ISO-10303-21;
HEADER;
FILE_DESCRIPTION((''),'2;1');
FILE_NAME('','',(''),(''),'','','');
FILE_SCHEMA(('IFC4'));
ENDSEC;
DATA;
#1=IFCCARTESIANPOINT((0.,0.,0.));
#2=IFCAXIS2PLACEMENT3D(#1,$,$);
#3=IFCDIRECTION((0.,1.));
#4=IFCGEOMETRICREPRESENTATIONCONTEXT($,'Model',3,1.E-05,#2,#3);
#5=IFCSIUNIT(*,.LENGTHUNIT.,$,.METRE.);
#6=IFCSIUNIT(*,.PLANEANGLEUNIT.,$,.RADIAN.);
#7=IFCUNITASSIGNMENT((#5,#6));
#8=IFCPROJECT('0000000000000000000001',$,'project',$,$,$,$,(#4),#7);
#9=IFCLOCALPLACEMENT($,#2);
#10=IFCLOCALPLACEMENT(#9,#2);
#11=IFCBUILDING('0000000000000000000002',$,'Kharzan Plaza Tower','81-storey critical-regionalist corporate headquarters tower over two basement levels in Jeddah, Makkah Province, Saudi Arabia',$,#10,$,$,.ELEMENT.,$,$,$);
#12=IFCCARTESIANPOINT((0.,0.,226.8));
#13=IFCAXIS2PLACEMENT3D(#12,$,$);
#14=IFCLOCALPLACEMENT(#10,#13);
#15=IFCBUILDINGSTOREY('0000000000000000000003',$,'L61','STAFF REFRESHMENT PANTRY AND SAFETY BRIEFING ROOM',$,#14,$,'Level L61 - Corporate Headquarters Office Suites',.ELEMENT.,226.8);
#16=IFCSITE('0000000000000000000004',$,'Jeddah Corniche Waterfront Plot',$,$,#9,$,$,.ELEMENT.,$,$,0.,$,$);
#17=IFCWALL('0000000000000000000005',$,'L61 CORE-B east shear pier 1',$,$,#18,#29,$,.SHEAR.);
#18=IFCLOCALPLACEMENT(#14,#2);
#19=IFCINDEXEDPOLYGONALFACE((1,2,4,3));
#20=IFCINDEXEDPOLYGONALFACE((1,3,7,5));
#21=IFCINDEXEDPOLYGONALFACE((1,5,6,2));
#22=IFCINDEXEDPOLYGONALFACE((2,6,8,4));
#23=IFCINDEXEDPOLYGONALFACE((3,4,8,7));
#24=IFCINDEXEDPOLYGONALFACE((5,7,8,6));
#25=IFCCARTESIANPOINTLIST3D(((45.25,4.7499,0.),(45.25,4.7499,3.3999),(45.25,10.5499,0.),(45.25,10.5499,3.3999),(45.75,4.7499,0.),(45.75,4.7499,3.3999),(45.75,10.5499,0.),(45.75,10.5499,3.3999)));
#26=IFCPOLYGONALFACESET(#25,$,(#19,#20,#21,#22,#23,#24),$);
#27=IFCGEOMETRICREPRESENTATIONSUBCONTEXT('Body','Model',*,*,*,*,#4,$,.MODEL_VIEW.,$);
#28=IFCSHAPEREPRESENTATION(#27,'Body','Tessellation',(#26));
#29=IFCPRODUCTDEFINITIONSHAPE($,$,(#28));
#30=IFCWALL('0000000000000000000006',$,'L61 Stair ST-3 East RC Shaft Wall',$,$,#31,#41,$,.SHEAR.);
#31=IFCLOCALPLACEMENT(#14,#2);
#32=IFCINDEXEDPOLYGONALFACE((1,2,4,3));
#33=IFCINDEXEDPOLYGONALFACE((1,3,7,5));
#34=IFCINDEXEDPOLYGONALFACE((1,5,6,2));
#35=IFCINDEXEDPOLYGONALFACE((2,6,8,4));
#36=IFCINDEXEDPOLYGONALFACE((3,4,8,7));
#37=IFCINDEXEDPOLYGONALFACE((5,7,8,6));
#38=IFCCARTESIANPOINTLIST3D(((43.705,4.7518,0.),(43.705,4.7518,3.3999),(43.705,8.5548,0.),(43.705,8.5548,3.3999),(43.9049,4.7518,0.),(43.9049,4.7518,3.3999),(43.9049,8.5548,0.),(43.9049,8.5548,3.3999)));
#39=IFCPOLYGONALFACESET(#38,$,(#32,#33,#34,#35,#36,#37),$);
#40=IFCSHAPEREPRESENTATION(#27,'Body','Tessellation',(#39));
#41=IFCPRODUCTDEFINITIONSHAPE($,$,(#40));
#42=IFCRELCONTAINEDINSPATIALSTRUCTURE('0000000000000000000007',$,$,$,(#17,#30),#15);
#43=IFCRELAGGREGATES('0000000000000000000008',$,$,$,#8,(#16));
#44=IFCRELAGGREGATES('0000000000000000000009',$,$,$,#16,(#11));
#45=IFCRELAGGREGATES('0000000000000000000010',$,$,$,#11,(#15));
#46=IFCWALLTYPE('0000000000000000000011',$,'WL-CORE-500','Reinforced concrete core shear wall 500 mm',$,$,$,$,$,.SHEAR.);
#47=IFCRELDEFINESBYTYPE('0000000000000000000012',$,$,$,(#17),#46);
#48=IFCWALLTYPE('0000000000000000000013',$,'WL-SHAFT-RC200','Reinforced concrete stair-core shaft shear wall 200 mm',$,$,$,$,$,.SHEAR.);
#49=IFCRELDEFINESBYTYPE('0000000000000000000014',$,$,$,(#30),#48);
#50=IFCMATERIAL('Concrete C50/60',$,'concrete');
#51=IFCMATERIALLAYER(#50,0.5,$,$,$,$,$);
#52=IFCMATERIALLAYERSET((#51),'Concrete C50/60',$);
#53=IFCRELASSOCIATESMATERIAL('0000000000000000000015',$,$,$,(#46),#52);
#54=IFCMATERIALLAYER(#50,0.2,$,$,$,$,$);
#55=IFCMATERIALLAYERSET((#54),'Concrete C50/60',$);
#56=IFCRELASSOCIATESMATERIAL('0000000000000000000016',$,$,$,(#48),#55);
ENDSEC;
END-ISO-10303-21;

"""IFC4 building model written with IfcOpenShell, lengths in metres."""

from ifc_helpers import new_model, si_unit, direction, frame, frame_2d, origin, place, context, subcontext, project, spatial, rectangle, extrude, source, transform, mapped, material, layer, layer_set, type_object, element, save


model = new_model("IFC4")

# Units and contexts
model_context = context("Model", 3, precision=1e-05, world=origin(), true_north=direction((0.0, 1.0)))
body_context = subcontext(model_context, "Body", "Model", "MODEL_VIEW")
ifc_project = project(units=[si_unit("LENGTHUNIT", "METRE"), si_unit("PLANEANGLEUNIT", "RADIAN")], contexts=[model_context])

# Site, building, storey
site_placement = place(None, origin())
site = spatial("IfcSite", under=ifc_project, at=site_placement, Name="Jeddah Corniche Waterfront Plot", CompositionType="ELEMENT", RefElevation=0.0)
building_placement = place(site_placement, origin())
building = spatial("IfcBuilding", under=site, at=building_placement, Name="Kharzan Plaza Tower", Description="81-storey critical-regionalist corporate headquarters tower over two basement levels in Jeddah, Makkah Province, Saudi Arabia", CompositionType="ELEMENT")
storey_placement = place(building_placement, frame((0.0, 0.0, 226.8)))
storey = spatial("IfcBuildingStorey", under=building, at=storey_placement, Name="L61", Description="STAFF REFRESHMENT PANTRY AND SAFETY BRIEFING ROOM", LongName="Level L61 - Corporate Headquarters Office Suites", CompositionType="ELEMENT", Elevation=226.8)

# Shared definitions
ifc_material_1 = material(Name="Concrete C50/60", Category="concrete")

# Walls
ifc_layer_1 = layer(ifc_material_1, 0.5)
ifc_layer_set_1 = layer_set([ifc_layer_1], Name="Concrete C50/60")
wall_type_1 = type_object("IfcWallType", Name="WL-CORE-500", Description="Reinforced concrete core shear wall 500 mm", PredefinedType="SHEAR", material=ifc_layer_set_1)
shared_shape_1 = source(origin(), body_context, "Body", "SweptSolid", [
    extrude(rectangle(XDim=5.8, YDim=0.5, at=frame_2d((2.8999, 0.0))), origin(), (0.0, 0.0, 1.0), 3.3999),
])
wall_1_placement = place(storey_placement, frame((45.5, 4.75, 0.0), z_axis=(0.0, 0.0, 1.0), x_axis=(0.0, 1.0, 0.0)))
element("IfcWall", 1, at=wall_1_placement, inside=storey, type_object=wall_type_1, Name="L61 CORE-B east shear pier 1", PredefinedType="SHEAR", context=body_context, shape_type="MappedRepresentation", body=[
    mapped(shared_shape_1, transform((0.0, 0.0, 0.0), x_axis=(1.0, 0.0, 0.0), y_axis=(0.0, 1.0, 0.0), z_axis=(0.0, 0.0, 1.0))),
])
ifc_layer_2 = layer(ifc_material_1, 0.2)
ifc_layer_set_2 = layer_set([ifc_layer_2], Name="Concrete C50/60")
wall_type_2 = type_object("IfcWallType", Name="WL-SHAFT-RC200", Description="Reinforced concrete stair-core shaft shear wall 200 mm", PredefinedType="SHEAR", material=ifc_layer_set_2)
shared_shape_2 = source(origin(), body_context, "Body", "SweptSolid", [
    extrude(rectangle(XDim=3.803, YDim=0.2, at=frame_2d((1.9014, 0.0))), origin(), (0.0, 0.0, 1.0), 3.3999),
])
wall_2_placement = place(storey_placement, frame((43.8049, 4.752, 0.0), z_axis=(0.0, 0.0, 1.0), x_axis=(0.0, 1.0, 0.0)))
element("IfcWall", 2, at=wall_2_placement, inside=storey, type_object=wall_type_2, Name="L61 Stair ST-3 East RC Shaft Wall", PredefinedType="SHEAR", context=body_context, shape_type="MappedRepresentation", body=[
    mapped(shared_shape_2, transform((0.0, 0.0, 0.0), x_axis=(1.0, 0.0, 0.0), y_axis=(0.0, 1.0, 0.0), z_axis=(0.0, 0.0, 1.0))),
])

save(model, "model.ifc")
